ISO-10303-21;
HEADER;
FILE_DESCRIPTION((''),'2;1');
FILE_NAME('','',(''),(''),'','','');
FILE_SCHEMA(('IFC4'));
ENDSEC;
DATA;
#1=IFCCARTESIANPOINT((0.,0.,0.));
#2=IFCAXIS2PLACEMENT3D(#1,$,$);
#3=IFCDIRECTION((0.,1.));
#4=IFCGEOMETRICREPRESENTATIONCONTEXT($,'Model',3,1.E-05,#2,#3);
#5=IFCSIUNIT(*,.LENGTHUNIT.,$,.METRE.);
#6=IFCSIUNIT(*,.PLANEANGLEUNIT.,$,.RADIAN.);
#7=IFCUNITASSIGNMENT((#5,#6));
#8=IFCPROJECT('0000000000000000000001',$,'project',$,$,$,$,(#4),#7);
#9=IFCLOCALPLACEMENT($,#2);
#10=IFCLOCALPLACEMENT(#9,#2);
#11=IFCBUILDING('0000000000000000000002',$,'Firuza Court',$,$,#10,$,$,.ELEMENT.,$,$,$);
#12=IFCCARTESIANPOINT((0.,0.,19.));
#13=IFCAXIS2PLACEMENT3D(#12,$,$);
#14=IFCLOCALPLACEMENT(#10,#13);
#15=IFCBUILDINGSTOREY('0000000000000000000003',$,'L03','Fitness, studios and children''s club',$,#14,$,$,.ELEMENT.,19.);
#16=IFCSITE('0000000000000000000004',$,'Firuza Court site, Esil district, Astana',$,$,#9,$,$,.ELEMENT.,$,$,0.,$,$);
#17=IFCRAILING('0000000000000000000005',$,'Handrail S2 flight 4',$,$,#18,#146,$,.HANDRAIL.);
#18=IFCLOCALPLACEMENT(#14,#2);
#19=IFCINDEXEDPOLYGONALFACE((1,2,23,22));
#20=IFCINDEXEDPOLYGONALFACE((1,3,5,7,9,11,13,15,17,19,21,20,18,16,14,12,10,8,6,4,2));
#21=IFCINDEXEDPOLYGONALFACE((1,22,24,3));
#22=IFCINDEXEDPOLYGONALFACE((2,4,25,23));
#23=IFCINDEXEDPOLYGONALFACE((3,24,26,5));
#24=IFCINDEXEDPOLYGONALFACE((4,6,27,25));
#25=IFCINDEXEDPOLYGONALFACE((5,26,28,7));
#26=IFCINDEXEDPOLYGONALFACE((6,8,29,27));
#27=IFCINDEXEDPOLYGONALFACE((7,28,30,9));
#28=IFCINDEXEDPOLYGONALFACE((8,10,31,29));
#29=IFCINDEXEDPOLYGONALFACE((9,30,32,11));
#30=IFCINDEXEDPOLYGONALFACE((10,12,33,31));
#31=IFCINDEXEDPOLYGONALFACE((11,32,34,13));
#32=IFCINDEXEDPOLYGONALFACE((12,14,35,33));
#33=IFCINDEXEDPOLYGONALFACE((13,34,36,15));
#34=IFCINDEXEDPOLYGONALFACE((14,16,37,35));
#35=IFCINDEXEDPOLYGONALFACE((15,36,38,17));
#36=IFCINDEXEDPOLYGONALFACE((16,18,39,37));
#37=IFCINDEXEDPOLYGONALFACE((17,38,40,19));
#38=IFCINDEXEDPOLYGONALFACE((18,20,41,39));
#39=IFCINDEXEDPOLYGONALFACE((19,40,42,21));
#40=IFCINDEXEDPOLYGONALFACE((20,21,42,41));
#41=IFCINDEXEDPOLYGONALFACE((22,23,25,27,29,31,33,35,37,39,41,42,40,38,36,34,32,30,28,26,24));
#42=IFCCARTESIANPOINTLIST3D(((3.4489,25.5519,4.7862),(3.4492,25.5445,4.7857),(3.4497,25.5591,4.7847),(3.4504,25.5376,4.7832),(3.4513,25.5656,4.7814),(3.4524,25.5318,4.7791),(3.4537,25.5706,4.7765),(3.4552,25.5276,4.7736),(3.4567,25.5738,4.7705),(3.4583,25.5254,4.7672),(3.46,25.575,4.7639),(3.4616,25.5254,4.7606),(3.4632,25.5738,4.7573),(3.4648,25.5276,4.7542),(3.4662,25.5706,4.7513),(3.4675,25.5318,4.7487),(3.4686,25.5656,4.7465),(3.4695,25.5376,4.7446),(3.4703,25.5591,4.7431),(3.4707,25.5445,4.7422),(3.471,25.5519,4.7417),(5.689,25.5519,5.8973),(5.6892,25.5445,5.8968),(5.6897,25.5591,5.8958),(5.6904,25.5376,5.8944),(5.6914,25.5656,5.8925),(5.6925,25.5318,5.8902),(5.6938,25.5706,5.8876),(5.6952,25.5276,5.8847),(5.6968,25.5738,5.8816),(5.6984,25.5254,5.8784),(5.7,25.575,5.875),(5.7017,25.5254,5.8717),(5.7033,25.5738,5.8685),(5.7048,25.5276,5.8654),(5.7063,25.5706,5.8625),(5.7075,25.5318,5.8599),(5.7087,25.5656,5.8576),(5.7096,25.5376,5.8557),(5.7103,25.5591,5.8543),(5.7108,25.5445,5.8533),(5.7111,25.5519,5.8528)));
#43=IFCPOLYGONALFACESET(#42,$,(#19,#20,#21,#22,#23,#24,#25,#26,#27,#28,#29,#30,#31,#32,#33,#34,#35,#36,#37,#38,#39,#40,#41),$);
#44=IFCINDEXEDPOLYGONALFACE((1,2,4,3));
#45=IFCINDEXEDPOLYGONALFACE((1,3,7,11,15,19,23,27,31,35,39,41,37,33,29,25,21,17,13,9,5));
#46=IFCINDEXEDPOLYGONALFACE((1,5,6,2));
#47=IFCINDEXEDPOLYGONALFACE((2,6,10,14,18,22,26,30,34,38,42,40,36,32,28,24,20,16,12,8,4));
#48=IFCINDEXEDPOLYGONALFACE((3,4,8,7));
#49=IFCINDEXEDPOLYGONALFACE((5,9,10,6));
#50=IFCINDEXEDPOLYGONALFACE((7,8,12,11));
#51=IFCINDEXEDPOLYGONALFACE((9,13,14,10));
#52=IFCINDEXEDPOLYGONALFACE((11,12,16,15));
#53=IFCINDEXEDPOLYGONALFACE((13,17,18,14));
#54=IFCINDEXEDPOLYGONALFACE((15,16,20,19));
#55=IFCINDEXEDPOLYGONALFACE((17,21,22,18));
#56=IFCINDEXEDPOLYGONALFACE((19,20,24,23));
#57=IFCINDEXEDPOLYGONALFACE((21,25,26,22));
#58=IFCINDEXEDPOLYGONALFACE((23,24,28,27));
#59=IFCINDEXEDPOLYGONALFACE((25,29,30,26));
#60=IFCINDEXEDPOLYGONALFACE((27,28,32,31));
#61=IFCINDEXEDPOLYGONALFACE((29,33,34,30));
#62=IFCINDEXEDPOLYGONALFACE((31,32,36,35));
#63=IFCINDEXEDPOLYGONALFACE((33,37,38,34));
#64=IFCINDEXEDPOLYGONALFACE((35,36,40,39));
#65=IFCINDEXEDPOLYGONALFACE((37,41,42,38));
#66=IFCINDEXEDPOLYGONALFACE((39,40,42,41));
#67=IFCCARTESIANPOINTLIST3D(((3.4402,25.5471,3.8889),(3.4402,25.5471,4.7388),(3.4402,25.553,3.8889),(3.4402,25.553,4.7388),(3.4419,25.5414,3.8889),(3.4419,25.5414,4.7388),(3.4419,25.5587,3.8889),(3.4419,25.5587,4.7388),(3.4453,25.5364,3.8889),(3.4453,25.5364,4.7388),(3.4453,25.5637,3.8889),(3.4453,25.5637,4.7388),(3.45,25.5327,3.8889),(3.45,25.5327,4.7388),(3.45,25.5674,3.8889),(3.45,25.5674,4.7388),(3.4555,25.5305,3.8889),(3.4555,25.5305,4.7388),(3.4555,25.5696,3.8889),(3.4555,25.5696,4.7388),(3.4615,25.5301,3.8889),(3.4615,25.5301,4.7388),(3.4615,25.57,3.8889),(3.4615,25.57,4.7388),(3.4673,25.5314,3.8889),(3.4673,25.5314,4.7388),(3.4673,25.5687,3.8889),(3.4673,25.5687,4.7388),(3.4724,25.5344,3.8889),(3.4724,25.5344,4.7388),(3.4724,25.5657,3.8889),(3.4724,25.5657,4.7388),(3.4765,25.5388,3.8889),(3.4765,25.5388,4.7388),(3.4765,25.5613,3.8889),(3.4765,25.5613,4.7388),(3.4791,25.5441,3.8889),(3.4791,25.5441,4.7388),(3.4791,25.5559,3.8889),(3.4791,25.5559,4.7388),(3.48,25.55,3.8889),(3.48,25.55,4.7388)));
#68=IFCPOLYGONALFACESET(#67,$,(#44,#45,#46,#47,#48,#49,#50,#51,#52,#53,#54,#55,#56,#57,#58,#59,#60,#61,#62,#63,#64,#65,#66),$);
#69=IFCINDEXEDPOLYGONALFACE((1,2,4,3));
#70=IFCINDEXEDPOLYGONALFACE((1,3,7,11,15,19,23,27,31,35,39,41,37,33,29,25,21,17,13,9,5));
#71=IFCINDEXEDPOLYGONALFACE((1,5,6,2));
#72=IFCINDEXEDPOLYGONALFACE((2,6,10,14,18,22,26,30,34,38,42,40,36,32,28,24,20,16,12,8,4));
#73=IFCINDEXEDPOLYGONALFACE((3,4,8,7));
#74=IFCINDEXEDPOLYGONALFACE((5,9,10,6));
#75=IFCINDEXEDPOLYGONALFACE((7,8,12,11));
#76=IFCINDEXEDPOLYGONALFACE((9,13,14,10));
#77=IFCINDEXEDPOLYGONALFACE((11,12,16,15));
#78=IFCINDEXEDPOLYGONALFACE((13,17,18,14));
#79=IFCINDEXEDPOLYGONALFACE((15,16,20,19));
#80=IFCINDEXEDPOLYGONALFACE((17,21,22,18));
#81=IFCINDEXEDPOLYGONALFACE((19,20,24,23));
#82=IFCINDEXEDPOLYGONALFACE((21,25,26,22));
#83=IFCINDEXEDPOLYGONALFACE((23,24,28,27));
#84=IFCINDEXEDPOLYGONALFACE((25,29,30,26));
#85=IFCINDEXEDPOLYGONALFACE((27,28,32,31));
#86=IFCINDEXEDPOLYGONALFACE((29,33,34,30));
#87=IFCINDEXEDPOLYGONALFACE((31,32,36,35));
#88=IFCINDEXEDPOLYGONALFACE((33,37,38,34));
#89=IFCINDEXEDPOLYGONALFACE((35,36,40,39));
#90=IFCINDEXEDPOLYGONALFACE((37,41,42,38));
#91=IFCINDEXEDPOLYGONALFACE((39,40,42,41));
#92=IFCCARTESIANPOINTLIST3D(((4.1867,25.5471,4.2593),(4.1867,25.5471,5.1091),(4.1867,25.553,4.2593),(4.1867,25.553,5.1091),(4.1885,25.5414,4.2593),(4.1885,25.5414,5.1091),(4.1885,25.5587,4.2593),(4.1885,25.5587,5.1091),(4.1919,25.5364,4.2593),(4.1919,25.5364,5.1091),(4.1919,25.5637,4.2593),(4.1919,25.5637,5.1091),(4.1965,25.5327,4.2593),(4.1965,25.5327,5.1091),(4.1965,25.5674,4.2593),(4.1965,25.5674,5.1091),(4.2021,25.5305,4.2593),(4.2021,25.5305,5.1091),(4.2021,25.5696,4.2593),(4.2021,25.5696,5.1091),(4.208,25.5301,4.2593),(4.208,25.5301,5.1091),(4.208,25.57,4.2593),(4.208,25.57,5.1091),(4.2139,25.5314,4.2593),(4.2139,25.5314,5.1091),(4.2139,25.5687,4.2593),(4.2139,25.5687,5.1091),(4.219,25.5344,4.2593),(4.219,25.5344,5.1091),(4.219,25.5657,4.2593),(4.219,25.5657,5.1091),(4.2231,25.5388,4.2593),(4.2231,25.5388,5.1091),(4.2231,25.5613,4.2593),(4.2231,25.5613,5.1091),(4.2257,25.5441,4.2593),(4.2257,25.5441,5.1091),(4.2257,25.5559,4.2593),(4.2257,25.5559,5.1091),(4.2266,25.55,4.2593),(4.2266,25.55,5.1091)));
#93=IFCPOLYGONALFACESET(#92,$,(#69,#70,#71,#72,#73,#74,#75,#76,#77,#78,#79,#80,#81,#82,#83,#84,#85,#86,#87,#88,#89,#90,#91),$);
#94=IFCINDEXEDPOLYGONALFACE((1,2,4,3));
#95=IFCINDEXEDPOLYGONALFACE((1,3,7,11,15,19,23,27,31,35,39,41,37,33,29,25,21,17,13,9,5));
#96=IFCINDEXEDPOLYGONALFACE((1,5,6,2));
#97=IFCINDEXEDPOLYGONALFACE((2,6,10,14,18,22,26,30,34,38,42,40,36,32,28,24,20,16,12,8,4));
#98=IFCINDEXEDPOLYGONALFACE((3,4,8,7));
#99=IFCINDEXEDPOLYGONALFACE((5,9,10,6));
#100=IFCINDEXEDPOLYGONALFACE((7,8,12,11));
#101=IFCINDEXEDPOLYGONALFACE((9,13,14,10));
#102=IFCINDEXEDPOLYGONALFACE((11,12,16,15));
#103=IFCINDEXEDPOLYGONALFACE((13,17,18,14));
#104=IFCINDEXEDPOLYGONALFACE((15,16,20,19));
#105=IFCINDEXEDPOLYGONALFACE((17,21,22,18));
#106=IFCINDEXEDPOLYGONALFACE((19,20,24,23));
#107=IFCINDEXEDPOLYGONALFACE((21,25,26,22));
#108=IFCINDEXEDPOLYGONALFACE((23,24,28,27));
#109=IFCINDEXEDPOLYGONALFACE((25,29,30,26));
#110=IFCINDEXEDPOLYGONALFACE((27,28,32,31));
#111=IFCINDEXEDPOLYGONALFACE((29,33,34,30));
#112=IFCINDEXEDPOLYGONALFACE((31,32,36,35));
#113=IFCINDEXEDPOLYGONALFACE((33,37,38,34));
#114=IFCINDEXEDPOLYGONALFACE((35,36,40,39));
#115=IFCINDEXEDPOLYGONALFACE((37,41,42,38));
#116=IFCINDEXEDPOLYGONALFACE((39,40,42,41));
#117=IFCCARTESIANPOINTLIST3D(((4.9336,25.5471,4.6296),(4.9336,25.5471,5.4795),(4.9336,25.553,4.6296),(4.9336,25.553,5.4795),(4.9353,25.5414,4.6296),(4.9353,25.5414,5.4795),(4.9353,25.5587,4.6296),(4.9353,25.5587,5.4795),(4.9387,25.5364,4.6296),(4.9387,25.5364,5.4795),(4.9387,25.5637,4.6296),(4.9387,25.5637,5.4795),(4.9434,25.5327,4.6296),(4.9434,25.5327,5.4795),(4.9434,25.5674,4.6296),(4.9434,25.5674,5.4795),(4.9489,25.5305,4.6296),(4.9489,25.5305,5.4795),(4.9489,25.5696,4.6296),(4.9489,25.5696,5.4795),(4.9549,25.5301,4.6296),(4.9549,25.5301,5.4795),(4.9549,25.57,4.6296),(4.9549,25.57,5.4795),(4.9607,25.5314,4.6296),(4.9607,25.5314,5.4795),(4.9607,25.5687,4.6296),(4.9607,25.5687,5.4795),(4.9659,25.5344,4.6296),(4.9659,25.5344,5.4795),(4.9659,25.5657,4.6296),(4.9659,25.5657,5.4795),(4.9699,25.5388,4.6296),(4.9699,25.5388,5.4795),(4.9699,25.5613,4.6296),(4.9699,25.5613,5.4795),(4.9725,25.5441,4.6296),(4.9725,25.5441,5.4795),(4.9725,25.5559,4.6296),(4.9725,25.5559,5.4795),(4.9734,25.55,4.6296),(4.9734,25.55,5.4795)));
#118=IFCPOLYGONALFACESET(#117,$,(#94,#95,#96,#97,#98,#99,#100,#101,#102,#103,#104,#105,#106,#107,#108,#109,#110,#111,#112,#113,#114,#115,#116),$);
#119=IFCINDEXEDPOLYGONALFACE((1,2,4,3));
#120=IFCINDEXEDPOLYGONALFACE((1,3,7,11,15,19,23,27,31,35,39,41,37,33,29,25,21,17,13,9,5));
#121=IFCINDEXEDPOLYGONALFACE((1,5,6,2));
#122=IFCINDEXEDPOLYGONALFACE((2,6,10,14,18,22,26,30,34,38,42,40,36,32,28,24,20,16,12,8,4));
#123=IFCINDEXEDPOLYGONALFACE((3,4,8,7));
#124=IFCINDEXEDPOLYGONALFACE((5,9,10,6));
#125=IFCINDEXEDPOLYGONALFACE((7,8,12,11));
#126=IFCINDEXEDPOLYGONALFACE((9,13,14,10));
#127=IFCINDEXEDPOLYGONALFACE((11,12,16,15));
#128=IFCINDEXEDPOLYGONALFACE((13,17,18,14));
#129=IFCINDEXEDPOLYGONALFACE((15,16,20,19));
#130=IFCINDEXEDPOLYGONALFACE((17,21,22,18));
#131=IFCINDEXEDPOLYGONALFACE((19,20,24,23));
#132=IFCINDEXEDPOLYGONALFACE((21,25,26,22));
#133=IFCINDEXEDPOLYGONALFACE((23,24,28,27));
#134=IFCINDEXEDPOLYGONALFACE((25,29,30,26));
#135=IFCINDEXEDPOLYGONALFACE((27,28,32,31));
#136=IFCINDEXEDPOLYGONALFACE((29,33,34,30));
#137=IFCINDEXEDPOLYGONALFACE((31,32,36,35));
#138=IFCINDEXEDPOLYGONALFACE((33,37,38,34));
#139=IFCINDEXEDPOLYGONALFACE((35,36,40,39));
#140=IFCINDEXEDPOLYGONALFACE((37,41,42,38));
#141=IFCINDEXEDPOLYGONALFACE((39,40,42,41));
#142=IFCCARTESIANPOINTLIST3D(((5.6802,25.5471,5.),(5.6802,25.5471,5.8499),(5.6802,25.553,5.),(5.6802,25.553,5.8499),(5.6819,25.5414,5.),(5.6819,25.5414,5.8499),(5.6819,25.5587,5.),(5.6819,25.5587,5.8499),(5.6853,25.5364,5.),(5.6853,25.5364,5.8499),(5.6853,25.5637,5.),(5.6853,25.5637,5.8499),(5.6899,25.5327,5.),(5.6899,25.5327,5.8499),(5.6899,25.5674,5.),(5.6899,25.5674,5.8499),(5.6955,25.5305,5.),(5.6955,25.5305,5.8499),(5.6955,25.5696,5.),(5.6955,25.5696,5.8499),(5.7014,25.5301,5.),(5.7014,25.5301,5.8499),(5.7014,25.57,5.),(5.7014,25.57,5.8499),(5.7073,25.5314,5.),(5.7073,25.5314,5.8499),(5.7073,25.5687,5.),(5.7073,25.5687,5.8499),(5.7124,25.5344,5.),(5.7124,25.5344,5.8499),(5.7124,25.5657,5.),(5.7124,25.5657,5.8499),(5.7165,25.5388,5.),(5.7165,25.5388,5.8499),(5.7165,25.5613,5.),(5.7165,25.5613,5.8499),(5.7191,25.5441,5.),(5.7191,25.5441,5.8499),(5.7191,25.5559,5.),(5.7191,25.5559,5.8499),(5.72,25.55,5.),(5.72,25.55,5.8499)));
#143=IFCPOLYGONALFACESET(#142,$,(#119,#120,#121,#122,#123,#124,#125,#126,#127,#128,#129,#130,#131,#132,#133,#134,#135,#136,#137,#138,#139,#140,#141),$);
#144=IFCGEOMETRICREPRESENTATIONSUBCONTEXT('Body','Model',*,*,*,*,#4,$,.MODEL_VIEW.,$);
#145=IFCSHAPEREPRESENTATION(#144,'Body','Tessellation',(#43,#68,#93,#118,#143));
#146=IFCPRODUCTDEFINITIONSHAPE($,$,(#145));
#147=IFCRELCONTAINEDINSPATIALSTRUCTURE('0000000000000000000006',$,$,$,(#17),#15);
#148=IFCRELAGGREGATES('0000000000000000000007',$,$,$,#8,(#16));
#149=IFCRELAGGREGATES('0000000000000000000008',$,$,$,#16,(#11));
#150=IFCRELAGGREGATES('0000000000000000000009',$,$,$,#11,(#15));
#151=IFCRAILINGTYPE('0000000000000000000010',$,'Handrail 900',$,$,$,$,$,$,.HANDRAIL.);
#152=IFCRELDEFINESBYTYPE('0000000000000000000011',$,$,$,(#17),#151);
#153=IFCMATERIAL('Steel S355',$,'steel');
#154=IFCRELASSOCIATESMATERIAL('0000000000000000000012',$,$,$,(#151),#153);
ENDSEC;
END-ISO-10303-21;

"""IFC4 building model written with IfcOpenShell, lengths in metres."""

from ifc_helpers import new_model, si_unit, direction, frame, origin, origin_2d, place, context, subcontext, project, spatial, circle, extrude, material, type_object, element, save


model = new_model("IFC4")

# Units and contexts
model_context = context("Model", 3, precision=1e-05, world=origin(), true_north=direction((0.0, 1.0)))
body_context = subcontext(model_context, "Body", "Model", "MODEL_VIEW")
ifc_project = project(units=[si_unit("LENGTHUNIT", "METRE"), si_unit("PLANEANGLEUNIT", "RADIAN")], contexts=[model_context])

# Site, building, storey
site_placement = place(None, origin())
site = spatial("IfcSite", under=ifc_project, at=site_placement, Name="Firuza Court site, Esil district, Astana", CompositionType="ELEMENT", RefElevation=0.0)
building_placement = place(site_placement, origin())
building = spatial("IfcBuilding", under=site, at=building_placement, Name="Firuza Court", CompositionType="ELEMENT")
storey_placement = place(building_placement, frame((0.0, 0.0, 19.0)))
storey = spatial("IfcBuildingStorey", under=building, at=storey_placement, Name="L03", Description="Fitness, studios and children's club", CompositionType="ELEMENT", Elevation=19.0)

# Railing
ifc_material_1 = material(Name="Steel S355", Category="steel")
railing_type = type_object("IfcRailingType", Name="Handrail 900", PredefinedType="HANDRAIL", material=ifc_material_1)
for number, where, name in (
    (1, (3.46, 25.55, 3.8889), "Handrail S2 flight 4"),
):
    element("IfcRailing", number, at=place(storey_placement, frame(where)), inside=storey, type_object=railing_type, Name=name, PredefinedType="HANDRAIL", context=body_context, shape_type="SweptSolid", body=[
        extrude(circle(Radius=0.0249, at=origin_2d()), frame((0.0, 0.0, 0.875), z_axis=(0.895848, 0.0, 0.44436), x_axis=(0.0, 1.0, 0.0)), (0.0, 0.0, 1.0), 2.5005),
        extrude(circle(Radius=0.02, at=origin_2d()), origin(), (0.0, 0.0, 1.0), 0.8499),
        extrude(circle(Radius=0.02, at=origin_2d()), frame((0.7466, 0.0, 0.3704)), (0.0, 0.0, 1.0), 0.8499),
        extrude(circle(Radius=0.02, at=origin_2d()), frame((1.4934, 0.0, 0.7407)), (0.0, 0.0, 1.0), 0.8499),
        extrude(circle(Radius=0.02, at=origin_2d()), frame((2.24, 0.0, 1.1111)), (0.0, 0.0, 1.0), 0.8499),
    ])

save(model, "model.ifc")
